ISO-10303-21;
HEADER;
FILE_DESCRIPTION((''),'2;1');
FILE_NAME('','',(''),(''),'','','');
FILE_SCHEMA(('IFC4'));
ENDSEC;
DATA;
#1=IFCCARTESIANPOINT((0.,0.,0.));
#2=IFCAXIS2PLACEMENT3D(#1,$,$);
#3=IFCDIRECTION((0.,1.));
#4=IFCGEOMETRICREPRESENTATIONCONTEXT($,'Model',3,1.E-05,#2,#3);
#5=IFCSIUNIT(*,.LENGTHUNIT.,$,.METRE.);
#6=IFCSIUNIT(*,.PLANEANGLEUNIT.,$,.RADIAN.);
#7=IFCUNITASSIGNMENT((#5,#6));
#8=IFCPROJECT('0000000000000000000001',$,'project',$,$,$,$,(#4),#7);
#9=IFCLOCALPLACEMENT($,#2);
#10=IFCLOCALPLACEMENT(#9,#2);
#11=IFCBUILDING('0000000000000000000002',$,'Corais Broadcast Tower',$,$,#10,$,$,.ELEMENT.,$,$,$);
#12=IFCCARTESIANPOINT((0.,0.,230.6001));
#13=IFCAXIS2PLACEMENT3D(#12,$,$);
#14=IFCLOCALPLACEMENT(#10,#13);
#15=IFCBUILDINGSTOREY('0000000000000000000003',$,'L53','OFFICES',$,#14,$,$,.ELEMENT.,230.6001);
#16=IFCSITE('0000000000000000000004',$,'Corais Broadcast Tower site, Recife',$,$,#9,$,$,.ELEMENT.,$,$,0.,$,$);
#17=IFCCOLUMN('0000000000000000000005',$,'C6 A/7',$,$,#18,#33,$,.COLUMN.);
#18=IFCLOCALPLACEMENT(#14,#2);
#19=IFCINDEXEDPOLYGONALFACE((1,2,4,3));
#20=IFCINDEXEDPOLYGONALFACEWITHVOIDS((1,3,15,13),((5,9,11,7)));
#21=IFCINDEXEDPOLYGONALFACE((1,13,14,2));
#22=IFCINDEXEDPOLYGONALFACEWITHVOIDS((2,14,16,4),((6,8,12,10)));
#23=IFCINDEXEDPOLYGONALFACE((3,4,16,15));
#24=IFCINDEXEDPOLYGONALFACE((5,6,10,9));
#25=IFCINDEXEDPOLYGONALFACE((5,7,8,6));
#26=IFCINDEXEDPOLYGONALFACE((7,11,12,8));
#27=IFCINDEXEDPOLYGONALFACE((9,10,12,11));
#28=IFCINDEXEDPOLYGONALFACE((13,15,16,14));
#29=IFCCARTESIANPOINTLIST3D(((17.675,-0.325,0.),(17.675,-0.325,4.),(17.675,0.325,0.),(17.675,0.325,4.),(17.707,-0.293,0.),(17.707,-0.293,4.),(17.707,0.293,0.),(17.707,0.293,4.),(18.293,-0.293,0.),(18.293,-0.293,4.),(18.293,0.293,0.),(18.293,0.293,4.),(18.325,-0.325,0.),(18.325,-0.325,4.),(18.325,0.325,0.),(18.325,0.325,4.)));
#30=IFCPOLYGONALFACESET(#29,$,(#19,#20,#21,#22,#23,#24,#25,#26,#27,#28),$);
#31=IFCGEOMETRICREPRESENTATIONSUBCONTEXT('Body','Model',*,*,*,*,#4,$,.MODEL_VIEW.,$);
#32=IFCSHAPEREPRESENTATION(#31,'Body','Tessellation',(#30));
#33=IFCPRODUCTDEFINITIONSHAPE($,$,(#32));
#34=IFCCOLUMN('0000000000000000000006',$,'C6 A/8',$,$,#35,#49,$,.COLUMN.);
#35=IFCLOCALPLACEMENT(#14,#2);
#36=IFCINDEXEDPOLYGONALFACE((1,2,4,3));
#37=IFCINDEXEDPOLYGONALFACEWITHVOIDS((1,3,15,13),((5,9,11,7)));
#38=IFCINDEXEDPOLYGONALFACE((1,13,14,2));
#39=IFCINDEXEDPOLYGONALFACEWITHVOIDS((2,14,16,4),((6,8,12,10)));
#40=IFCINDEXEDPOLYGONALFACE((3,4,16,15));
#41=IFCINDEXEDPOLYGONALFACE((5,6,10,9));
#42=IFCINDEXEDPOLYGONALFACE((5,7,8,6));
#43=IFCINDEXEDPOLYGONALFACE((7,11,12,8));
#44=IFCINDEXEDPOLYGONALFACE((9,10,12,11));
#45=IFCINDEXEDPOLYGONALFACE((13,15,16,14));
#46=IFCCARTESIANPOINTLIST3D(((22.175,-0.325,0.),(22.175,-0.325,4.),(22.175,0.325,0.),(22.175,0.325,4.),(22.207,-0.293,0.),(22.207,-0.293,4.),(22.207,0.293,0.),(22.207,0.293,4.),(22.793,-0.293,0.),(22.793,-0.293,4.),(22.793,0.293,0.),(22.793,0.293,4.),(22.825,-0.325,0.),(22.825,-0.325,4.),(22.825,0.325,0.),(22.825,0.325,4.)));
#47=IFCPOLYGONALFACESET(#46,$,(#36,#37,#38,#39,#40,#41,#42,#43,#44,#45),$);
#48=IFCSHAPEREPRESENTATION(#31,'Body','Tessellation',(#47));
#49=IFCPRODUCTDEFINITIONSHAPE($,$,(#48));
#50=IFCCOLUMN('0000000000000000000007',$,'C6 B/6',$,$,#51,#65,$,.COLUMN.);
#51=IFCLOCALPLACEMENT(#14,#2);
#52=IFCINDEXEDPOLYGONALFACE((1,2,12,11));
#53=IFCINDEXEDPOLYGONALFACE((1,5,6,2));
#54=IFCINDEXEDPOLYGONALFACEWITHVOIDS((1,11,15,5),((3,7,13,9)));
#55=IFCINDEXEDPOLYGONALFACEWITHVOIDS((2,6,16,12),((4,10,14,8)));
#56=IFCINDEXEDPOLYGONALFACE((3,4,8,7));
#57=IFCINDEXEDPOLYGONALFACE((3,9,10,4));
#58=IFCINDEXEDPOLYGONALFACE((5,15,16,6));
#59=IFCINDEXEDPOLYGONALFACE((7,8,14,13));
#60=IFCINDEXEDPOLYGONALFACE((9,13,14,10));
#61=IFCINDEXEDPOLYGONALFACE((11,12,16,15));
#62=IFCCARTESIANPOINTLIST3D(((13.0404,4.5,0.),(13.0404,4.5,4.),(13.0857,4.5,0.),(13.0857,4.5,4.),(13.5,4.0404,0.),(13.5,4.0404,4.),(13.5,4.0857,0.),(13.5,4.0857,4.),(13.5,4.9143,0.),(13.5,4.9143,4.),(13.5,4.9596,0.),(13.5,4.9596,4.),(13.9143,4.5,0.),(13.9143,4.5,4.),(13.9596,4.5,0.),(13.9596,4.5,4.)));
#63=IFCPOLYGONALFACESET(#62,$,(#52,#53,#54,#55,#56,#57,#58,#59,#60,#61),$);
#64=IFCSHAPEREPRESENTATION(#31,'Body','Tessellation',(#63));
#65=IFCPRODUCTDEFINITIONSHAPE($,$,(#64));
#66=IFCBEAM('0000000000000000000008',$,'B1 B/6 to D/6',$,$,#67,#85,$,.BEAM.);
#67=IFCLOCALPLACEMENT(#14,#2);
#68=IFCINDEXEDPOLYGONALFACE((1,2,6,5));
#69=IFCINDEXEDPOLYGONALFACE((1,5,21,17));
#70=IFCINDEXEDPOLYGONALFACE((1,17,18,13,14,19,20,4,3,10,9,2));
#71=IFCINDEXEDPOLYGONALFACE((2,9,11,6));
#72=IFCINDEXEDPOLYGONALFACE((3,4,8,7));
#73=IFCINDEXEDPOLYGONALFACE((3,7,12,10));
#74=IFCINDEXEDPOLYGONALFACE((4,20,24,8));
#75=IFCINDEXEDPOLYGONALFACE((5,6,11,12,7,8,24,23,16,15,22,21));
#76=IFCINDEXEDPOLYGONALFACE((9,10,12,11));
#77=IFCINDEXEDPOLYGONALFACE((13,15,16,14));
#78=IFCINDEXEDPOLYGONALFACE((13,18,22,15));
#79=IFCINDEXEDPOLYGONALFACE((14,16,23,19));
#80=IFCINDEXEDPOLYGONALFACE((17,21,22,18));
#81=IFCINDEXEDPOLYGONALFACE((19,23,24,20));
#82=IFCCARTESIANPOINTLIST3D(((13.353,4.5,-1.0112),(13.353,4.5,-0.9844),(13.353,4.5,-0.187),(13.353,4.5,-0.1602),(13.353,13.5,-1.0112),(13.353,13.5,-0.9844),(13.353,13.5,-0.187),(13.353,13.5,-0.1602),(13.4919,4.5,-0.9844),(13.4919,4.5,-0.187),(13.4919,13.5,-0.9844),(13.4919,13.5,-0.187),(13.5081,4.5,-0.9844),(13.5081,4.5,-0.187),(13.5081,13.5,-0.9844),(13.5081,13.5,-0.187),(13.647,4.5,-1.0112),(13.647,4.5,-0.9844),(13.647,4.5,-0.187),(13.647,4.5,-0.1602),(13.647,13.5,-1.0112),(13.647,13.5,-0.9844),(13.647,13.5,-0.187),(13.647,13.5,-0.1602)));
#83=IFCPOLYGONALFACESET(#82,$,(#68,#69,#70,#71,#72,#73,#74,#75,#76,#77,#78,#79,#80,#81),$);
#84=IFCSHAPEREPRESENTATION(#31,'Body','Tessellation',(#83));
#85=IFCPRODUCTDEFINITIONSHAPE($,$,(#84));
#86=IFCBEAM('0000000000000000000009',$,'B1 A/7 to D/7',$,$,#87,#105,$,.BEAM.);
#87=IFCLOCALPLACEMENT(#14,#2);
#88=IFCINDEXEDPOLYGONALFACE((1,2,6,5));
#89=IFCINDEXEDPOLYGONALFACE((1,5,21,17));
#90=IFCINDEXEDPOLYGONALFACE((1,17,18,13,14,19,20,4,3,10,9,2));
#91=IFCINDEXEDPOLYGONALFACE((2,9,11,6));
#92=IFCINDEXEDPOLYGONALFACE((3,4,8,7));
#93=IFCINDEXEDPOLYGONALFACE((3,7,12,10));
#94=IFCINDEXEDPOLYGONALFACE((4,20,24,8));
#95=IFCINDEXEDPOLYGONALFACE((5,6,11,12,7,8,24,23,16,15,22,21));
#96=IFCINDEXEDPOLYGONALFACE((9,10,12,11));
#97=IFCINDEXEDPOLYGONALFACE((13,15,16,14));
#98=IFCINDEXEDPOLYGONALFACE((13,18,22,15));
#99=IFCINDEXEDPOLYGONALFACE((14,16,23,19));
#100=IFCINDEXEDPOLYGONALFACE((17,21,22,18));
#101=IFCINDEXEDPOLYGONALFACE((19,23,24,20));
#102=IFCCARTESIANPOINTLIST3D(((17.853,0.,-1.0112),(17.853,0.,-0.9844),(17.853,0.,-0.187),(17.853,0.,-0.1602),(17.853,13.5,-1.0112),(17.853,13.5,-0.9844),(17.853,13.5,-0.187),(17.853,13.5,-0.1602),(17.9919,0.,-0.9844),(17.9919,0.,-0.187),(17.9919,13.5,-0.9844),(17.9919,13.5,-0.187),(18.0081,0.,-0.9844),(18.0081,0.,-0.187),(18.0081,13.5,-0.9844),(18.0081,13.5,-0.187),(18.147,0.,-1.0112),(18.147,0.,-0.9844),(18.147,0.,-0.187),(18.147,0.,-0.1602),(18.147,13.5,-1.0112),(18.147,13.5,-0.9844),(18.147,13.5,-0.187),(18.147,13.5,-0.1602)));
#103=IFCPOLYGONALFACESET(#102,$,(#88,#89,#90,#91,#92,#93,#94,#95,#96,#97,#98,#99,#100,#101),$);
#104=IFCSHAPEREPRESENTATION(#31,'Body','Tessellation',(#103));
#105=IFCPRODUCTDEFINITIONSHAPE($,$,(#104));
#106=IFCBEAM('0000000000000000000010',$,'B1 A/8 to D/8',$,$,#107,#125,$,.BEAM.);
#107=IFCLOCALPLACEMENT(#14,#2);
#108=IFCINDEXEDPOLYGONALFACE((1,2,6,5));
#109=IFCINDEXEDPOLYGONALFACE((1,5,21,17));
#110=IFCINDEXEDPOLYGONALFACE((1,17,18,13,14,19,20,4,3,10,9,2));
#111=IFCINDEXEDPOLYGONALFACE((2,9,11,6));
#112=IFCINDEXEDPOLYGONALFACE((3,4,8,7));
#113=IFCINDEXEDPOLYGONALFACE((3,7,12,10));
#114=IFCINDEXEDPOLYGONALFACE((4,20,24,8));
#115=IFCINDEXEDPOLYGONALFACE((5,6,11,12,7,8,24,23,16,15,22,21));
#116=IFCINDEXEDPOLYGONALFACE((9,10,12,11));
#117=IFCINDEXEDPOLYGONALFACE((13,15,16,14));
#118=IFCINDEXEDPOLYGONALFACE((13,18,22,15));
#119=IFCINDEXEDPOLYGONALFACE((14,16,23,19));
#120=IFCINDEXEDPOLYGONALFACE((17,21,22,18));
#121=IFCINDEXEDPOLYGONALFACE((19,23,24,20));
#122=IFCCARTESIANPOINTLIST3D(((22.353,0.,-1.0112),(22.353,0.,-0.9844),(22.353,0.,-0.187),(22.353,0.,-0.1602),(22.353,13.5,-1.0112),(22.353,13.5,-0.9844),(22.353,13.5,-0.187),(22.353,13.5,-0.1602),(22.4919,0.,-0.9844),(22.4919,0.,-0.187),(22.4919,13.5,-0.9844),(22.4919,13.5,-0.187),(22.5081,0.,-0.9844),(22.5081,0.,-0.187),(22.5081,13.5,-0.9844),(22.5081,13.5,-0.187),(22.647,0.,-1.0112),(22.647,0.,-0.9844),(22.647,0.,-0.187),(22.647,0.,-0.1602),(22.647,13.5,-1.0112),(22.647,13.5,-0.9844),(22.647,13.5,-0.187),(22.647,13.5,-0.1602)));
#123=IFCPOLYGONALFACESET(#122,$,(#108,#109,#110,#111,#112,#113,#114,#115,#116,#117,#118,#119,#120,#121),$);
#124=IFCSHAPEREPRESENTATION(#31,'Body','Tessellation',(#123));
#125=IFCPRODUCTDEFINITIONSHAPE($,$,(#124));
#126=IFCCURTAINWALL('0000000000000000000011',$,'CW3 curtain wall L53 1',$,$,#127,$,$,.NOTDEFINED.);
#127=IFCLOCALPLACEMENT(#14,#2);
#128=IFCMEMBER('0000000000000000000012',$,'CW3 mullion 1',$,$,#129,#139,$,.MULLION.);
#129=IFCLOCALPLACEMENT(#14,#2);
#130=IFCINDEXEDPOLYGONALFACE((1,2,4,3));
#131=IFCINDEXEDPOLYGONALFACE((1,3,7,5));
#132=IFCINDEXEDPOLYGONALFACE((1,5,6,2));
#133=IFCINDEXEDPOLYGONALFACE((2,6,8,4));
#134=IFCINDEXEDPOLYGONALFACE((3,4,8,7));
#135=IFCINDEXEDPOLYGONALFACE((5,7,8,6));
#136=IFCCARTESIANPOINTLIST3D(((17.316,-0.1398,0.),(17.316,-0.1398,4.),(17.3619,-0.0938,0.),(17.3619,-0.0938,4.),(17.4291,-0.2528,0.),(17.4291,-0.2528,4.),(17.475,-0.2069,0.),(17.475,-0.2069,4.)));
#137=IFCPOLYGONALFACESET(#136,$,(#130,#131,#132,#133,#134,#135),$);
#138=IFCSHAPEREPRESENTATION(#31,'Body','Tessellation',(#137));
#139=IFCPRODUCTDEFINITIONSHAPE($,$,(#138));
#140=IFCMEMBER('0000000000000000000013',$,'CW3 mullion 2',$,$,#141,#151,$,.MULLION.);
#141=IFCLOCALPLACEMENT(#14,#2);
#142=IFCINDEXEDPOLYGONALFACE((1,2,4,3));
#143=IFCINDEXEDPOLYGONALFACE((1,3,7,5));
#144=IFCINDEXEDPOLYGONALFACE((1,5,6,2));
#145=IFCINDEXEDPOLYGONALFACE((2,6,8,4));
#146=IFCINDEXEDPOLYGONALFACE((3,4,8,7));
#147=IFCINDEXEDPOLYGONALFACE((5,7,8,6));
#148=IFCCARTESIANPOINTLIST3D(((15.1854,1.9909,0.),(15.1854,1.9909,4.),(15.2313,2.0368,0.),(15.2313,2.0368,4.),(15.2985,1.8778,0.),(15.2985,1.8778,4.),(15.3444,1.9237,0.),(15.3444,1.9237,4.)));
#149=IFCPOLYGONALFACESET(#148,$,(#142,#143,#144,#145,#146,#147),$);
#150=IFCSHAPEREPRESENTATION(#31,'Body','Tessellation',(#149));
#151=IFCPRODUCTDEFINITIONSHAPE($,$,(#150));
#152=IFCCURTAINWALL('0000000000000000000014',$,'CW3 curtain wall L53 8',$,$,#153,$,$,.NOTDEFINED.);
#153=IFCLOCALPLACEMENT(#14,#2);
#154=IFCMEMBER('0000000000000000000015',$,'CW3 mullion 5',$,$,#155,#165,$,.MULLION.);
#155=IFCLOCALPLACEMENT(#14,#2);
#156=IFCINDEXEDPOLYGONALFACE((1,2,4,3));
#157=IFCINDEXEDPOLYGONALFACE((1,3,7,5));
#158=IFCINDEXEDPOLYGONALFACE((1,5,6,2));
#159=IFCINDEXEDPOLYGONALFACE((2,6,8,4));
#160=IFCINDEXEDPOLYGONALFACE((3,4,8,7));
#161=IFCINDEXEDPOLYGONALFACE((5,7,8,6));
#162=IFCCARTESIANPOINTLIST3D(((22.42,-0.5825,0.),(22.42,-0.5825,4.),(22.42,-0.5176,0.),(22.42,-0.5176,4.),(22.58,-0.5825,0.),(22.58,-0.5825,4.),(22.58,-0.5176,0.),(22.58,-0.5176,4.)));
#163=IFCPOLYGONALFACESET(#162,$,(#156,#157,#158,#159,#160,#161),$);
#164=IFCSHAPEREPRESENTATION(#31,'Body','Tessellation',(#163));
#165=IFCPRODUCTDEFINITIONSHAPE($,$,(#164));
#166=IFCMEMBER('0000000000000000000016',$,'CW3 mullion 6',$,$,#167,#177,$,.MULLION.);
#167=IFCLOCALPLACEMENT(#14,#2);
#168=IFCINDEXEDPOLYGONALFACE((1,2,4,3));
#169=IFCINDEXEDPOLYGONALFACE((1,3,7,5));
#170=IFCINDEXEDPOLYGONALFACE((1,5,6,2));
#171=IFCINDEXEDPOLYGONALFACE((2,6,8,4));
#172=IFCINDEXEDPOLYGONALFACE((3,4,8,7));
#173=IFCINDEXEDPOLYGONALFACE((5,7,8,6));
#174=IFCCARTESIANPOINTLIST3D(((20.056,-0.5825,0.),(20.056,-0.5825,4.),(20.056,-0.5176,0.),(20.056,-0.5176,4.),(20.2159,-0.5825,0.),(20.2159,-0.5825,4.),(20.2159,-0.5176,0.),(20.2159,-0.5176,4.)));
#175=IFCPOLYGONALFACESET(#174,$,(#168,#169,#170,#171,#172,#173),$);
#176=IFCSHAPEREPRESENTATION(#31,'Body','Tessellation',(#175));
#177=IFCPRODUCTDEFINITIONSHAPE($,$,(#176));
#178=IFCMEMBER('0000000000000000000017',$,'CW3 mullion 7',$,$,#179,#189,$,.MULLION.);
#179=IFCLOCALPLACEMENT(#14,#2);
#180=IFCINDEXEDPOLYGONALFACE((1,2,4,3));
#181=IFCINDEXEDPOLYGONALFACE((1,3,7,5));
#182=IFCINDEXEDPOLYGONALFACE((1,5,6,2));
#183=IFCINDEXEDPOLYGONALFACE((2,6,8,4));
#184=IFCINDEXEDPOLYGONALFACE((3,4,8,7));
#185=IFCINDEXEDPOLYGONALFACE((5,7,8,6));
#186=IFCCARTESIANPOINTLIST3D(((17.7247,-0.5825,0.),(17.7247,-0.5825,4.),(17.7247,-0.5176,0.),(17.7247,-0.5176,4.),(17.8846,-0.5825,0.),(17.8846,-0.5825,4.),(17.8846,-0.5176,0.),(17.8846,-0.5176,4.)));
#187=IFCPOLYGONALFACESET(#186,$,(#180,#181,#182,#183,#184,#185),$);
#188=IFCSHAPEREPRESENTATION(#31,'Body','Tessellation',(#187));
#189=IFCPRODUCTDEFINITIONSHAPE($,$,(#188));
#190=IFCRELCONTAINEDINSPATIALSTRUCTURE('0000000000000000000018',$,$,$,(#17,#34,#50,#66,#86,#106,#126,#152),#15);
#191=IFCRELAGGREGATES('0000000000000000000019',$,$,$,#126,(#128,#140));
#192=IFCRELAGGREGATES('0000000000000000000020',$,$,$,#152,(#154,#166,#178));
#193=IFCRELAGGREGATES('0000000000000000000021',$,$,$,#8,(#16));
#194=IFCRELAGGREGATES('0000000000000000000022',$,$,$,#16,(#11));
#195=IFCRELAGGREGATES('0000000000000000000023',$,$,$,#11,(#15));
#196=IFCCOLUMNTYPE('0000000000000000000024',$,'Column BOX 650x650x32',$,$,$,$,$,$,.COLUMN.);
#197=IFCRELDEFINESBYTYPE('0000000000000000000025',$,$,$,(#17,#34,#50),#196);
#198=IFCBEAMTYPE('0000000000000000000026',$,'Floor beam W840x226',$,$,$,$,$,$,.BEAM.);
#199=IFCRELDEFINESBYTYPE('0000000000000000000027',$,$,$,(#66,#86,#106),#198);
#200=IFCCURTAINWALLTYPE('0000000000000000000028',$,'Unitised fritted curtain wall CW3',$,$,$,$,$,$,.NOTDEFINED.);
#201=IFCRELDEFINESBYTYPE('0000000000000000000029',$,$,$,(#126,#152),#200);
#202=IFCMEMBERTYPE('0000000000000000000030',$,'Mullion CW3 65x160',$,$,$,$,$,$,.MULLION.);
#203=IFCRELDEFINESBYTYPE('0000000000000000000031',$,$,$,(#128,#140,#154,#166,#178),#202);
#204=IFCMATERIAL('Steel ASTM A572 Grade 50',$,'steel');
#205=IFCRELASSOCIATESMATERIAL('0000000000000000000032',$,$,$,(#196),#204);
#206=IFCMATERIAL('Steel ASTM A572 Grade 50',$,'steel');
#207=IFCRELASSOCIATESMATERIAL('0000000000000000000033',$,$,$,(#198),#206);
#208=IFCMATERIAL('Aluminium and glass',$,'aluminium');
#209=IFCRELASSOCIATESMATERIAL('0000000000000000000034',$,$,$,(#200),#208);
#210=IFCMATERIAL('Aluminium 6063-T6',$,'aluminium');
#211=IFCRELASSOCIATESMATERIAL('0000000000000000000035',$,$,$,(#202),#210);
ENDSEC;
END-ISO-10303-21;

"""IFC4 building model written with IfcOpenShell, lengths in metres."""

from ifc_helpers import new_model, si_unit, direction, frame, origin, origin_2d, place, context, subcontext, project, spatial, rectangle, hollow_rectangle, i_section, extrude, material, material_profile, profile_set, type_object, element, aggregate, save


model = new_model("IFC4")

# Units and contexts
model_context = context("Model", 3, precision=1e-05, world=origin(), true_north=direction((0.0, 1.0)))
body_context = subcontext(model_context, "Body", "Model", "MODEL_VIEW")
ifc_project = project(units=[si_unit("LENGTHUNIT", "METRE"), si_unit("PLANEANGLEUNIT", "RADIAN")], contexts=[model_context])

# Site, building, storey
site_placement = place(None, origin())
site = spatial("IfcSite", under=ifc_project, at=site_placement, Name="Corais Broadcast Tower site, Recife", CompositionType="ELEMENT", RefElevation=0.0)
building_placement = place(site_placement, origin())
building = spatial("IfcBuilding", under=site, at=building_placement, Name="Corais Broadcast Tower", CompositionType="ELEMENT")
storey_placement = place(building_placement, frame((0.0, 0.0, 230.6001)))
storey = spatial("IfcBuildingStorey", under=building, at=storey_placement, Name="L53", Description="OFFICES", CompositionType="ELEMENT", Elevation=230.6001)

# Columns
ifc_material_1 = material(Name="Steel ASTM A572 Grade 50", Category="steel")
ifc_material_profile_1 = material_profile(ifc_material_1, hollow_rectangle(XDim=0.6499, YDim=0.6499, WallThickness=0.032, at=origin_2d()), Name="BOX 650x650x32")
ifc_profile_set_1 = profile_set([ifc_material_profile_1], Name="Steel ASTM A572 Grade 50")
column_type = type_object("IfcColumnType", Name="Column BOX 650x650x32", PredefinedType="COLUMN", material=ifc_profile_set_1)
for number, where, z_axis, x_axis, name in (
    (1, (18.0, 0.0, 0.0), (0.0, 0.0, 1.0), (1.0, 0.0, 0.0), "C6 A/7"),
    (2, (22.5, 0.0, 0.0), (0.0, 0.0, 1.0), (1.0, 0.0, 0.0), "C6 A/8"),
    (3, (13.5, 4.5, 0.0), (0.0, 0.0, 1.0), (0.707107, 0.707107, 0.0), "C6 B/6"),
):
    element("IfcColumn", number, at=place(storey_placement, frame(where, z_axis=z_axis, x_axis=x_axis)), inside=storey, type_object=column_type, Name=name, PredefinedType="COLUMN", context=body_context, shape_type="SweptSolid", body=[
        extrude(hollow_rectangle(XDim=0.6499, YDim=0.6499, WallThickness=0.032, at=origin_2d()), origin(), (0.0, 0.0, 1.0), 4.0),
    ])

# Beams
ifc_material_2 = material(Name="Steel ASTM A572 Grade 50", Category="steel")
ifc_material_profile_2 = material_profile(ifc_material_2, i_section(OverallWidth=0.2939, OverallDepth=0.8511, WebThickness=0.0161, FlangeThickness=0.0269, at=origin_2d()), Name="W840x226")
ifc_profile_set_2 = profile_set([ifc_material_profile_2], Name="Steel ASTM A572 Grade 50")
beam_type_1 = type_object("IfcBeamType", Name="Floor beam W840x226", PredefinedType="BEAM", material=ifc_profile_set_2)
beam_1_placement = place(storey_placement, frame((13.5, 4.5, -0.5857), z_axis=(0.0, 1.0, 0.0), x_axis=(-1.0, 0.0, 0.0)))
element("IfcBeam", 4, at=beam_1_placement, inside=storey, type_object=beam_type_1, Name="B1 B/6 to D/6", PredefinedType="BEAM", context=body_context, shape_type="SweptSolid", body=[
    extrude(i_section(OverallWidth=0.2939, OverallDepth=0.8511, WebThickness=0.0161, FlangeThickness=0.0269, at=origin_2d()), origin(), (0.0, 0.0, 1.0), 9.0),
])
for number, where, z_axis, x_axis, name in (
    (5, (18.0, 0.0, -0.5857), (0.0, 1.0, 0.0), (-1.0, 0.0, 0.0), "B1 A/7 to D/7"),
    (6, (22.5, 0.0, -0.5857), (0.0, 1.0, 0.0), (-1.0, 0.0, 0.0), "B1 A/8 to D/8"),
):
    element("IfcBeam", number, at=place(storey_placement, frame(where, z_axis=z_axis, x_axis=x_axis)), inside=storey, type_object=beam_type_1, Name=name, PredefinedType="BEAM", context=body_context, shape_type="SweptSolid", body=[
        extrude(i_section(OverallWidth=0.2939, OverallDepth=0.8511, WebThickness=0.0161, FlangeThickness=0.0269, at=origin_2d()), origin(), (0.0, 0.0, 1.0), 13.5),
    ])

# Curtain walls, members
ifc_material_3 = material(Name="Aluminium and glass", Category="aluminium")
curtain_wall_type = type_object("IfcCurtainWallType", Name="Unitised fritted curtain wall CW3", PredefinedType="NOTDEFINED", material=ifc_material_3)
curtain_wall_1_placement = place(storey_placement, origin())
curtain_wall_1 = element("IfcCurtainWall", 7, at=curtain_wall_1_placement, inside=storey, type_object=curtain_wall_type, Name="CW3 curtain wall L53 1", PredefinedType="NOTDEFINED")
ifc_material_4 = material(Name="Aluminium 6063-T6", Category="aluminium")
ifc_material_profile_3 = material_profile(ifc_material_4, rectangle(XDim=0.0649, YDim=0.1599, at=origin_2d()), Name="Mullion CW3 65x160")
ifc_profile_set_3 = profile_set([ifc_material_profile_3], Name="Aluminium 6063-T6")
member_type_1 = type_object("IfcMemberType", Name="Mullion CW3 65x160", PredefinedType="MULLION", material=ifc_profile_set_3)
member_1_placement = place(storey_placement, frame((17.3955, -0.1733, 0.0), z_axis=(0.0, 0.0, 1.0), x_axis=(-0.707107, -0.707107, 0.0)))
member_1 = element("IfcMember", 8, at=member_1_placement, type_object=member_type_1, Name="CW3 mullion 1", PredefinedType="MULLION", context=body_context, shape_type="SweptSolid", body=[
    extrude(rectangle(XDim=0.0649, YDim=0.1599, at=origin_2d()), origin(), (0.0, 0.0, 1.0), 4.0),
])
member_2_placement = place(storey_placement, frame((15.2649, 1.9573, 0.0), z_axis=(0.0, 0.0, 1.0), x_axis=(-0.707107, -0.707107, 0.0)))
member_2 = element("IfcMember", 9, at=member_2_placement, type_object=member_type_1, Name="CW3 mullion 2", PredefinedType="MULLION", context=body_context, shape_type="SweptSolid", body=[
    extrude(rectangle(XDim=0.0649, YDim=0.1599, at=origin_2d()), origin(), (0.0, 0.0, 1.0), 4.0),
])
curtain_wall_2_placement = place(storey_placement, origin())
curtain_wall_2 = element("IfcCurtainWall", 10, at=curtain_wall_2_placement, inside=storey, type_object=curtain_wall_type, Name="CW3 curtain wall L53 8", PredefinedType="NOTDEFINED")
member_3_placement = place(storey_placement, frame((22.5, -0.55, 0.0), z_axis=(0.0, 0.0, 1.0), x_axis=(0.0, -1.0, 0.0)))
member_3 = element("IfcMember", 11, at=member_3_placement, type_object=member_type_1, Name="CW3 mullion 5", PredefinedType="MULLION", context=body_context, shape_type="SweptSolid", body=[
    extrude(rectangle(XDim=0.0649, YDim=0.1599, at=origin_2d()), origin(), (0.0, 0.0, 1.0), 4.0),
])
member_4_placement = place(storey_placement, frame((20.136, -0.55, 0.0), z_axis=(0.0, 0.0, 1.0), x_axis=(0.0, -1.0, 0.0)))
member_4 = element("IfcMember", 12, at=member_4_placement, type_object=member_type_1, Name="CW3 mullion 6", PredefinedType="MULLION", context=body_context, shape_type="SweptSolid", body=[
    extrude(rectangle(XDim=0.0649, YDim=0.1599, at=origin_2d()), origin(), (0.0, 0.0, 1.0), 4.0),
])
member_5_placement = place(storey_placement, frame((17.8047, -0.55, 0.0), z_axis=(0.0, 0.0, 1.0), x_axis=(0.0, -1.0, 0.0)))
member_5 = element("IfcMember", 13, at=member_5_placement, type_object=member_type_1, Name="CW3 mullion 7", PredefinedType="MULLION", context=body_context, shape_type="SweptSolid", body=[
    extrude(rectangle(XDim=0.0649, YDim=0.1599, at=origin_2d()), origin(), (0.0, 0.0, 1.0), 4.0),
])

aggregate(curtain_wall_1, [member_1, member_2])
aggregate(curtain_wall_2, [member_3, member_4, member_5])

save(model, "model.ifc")
